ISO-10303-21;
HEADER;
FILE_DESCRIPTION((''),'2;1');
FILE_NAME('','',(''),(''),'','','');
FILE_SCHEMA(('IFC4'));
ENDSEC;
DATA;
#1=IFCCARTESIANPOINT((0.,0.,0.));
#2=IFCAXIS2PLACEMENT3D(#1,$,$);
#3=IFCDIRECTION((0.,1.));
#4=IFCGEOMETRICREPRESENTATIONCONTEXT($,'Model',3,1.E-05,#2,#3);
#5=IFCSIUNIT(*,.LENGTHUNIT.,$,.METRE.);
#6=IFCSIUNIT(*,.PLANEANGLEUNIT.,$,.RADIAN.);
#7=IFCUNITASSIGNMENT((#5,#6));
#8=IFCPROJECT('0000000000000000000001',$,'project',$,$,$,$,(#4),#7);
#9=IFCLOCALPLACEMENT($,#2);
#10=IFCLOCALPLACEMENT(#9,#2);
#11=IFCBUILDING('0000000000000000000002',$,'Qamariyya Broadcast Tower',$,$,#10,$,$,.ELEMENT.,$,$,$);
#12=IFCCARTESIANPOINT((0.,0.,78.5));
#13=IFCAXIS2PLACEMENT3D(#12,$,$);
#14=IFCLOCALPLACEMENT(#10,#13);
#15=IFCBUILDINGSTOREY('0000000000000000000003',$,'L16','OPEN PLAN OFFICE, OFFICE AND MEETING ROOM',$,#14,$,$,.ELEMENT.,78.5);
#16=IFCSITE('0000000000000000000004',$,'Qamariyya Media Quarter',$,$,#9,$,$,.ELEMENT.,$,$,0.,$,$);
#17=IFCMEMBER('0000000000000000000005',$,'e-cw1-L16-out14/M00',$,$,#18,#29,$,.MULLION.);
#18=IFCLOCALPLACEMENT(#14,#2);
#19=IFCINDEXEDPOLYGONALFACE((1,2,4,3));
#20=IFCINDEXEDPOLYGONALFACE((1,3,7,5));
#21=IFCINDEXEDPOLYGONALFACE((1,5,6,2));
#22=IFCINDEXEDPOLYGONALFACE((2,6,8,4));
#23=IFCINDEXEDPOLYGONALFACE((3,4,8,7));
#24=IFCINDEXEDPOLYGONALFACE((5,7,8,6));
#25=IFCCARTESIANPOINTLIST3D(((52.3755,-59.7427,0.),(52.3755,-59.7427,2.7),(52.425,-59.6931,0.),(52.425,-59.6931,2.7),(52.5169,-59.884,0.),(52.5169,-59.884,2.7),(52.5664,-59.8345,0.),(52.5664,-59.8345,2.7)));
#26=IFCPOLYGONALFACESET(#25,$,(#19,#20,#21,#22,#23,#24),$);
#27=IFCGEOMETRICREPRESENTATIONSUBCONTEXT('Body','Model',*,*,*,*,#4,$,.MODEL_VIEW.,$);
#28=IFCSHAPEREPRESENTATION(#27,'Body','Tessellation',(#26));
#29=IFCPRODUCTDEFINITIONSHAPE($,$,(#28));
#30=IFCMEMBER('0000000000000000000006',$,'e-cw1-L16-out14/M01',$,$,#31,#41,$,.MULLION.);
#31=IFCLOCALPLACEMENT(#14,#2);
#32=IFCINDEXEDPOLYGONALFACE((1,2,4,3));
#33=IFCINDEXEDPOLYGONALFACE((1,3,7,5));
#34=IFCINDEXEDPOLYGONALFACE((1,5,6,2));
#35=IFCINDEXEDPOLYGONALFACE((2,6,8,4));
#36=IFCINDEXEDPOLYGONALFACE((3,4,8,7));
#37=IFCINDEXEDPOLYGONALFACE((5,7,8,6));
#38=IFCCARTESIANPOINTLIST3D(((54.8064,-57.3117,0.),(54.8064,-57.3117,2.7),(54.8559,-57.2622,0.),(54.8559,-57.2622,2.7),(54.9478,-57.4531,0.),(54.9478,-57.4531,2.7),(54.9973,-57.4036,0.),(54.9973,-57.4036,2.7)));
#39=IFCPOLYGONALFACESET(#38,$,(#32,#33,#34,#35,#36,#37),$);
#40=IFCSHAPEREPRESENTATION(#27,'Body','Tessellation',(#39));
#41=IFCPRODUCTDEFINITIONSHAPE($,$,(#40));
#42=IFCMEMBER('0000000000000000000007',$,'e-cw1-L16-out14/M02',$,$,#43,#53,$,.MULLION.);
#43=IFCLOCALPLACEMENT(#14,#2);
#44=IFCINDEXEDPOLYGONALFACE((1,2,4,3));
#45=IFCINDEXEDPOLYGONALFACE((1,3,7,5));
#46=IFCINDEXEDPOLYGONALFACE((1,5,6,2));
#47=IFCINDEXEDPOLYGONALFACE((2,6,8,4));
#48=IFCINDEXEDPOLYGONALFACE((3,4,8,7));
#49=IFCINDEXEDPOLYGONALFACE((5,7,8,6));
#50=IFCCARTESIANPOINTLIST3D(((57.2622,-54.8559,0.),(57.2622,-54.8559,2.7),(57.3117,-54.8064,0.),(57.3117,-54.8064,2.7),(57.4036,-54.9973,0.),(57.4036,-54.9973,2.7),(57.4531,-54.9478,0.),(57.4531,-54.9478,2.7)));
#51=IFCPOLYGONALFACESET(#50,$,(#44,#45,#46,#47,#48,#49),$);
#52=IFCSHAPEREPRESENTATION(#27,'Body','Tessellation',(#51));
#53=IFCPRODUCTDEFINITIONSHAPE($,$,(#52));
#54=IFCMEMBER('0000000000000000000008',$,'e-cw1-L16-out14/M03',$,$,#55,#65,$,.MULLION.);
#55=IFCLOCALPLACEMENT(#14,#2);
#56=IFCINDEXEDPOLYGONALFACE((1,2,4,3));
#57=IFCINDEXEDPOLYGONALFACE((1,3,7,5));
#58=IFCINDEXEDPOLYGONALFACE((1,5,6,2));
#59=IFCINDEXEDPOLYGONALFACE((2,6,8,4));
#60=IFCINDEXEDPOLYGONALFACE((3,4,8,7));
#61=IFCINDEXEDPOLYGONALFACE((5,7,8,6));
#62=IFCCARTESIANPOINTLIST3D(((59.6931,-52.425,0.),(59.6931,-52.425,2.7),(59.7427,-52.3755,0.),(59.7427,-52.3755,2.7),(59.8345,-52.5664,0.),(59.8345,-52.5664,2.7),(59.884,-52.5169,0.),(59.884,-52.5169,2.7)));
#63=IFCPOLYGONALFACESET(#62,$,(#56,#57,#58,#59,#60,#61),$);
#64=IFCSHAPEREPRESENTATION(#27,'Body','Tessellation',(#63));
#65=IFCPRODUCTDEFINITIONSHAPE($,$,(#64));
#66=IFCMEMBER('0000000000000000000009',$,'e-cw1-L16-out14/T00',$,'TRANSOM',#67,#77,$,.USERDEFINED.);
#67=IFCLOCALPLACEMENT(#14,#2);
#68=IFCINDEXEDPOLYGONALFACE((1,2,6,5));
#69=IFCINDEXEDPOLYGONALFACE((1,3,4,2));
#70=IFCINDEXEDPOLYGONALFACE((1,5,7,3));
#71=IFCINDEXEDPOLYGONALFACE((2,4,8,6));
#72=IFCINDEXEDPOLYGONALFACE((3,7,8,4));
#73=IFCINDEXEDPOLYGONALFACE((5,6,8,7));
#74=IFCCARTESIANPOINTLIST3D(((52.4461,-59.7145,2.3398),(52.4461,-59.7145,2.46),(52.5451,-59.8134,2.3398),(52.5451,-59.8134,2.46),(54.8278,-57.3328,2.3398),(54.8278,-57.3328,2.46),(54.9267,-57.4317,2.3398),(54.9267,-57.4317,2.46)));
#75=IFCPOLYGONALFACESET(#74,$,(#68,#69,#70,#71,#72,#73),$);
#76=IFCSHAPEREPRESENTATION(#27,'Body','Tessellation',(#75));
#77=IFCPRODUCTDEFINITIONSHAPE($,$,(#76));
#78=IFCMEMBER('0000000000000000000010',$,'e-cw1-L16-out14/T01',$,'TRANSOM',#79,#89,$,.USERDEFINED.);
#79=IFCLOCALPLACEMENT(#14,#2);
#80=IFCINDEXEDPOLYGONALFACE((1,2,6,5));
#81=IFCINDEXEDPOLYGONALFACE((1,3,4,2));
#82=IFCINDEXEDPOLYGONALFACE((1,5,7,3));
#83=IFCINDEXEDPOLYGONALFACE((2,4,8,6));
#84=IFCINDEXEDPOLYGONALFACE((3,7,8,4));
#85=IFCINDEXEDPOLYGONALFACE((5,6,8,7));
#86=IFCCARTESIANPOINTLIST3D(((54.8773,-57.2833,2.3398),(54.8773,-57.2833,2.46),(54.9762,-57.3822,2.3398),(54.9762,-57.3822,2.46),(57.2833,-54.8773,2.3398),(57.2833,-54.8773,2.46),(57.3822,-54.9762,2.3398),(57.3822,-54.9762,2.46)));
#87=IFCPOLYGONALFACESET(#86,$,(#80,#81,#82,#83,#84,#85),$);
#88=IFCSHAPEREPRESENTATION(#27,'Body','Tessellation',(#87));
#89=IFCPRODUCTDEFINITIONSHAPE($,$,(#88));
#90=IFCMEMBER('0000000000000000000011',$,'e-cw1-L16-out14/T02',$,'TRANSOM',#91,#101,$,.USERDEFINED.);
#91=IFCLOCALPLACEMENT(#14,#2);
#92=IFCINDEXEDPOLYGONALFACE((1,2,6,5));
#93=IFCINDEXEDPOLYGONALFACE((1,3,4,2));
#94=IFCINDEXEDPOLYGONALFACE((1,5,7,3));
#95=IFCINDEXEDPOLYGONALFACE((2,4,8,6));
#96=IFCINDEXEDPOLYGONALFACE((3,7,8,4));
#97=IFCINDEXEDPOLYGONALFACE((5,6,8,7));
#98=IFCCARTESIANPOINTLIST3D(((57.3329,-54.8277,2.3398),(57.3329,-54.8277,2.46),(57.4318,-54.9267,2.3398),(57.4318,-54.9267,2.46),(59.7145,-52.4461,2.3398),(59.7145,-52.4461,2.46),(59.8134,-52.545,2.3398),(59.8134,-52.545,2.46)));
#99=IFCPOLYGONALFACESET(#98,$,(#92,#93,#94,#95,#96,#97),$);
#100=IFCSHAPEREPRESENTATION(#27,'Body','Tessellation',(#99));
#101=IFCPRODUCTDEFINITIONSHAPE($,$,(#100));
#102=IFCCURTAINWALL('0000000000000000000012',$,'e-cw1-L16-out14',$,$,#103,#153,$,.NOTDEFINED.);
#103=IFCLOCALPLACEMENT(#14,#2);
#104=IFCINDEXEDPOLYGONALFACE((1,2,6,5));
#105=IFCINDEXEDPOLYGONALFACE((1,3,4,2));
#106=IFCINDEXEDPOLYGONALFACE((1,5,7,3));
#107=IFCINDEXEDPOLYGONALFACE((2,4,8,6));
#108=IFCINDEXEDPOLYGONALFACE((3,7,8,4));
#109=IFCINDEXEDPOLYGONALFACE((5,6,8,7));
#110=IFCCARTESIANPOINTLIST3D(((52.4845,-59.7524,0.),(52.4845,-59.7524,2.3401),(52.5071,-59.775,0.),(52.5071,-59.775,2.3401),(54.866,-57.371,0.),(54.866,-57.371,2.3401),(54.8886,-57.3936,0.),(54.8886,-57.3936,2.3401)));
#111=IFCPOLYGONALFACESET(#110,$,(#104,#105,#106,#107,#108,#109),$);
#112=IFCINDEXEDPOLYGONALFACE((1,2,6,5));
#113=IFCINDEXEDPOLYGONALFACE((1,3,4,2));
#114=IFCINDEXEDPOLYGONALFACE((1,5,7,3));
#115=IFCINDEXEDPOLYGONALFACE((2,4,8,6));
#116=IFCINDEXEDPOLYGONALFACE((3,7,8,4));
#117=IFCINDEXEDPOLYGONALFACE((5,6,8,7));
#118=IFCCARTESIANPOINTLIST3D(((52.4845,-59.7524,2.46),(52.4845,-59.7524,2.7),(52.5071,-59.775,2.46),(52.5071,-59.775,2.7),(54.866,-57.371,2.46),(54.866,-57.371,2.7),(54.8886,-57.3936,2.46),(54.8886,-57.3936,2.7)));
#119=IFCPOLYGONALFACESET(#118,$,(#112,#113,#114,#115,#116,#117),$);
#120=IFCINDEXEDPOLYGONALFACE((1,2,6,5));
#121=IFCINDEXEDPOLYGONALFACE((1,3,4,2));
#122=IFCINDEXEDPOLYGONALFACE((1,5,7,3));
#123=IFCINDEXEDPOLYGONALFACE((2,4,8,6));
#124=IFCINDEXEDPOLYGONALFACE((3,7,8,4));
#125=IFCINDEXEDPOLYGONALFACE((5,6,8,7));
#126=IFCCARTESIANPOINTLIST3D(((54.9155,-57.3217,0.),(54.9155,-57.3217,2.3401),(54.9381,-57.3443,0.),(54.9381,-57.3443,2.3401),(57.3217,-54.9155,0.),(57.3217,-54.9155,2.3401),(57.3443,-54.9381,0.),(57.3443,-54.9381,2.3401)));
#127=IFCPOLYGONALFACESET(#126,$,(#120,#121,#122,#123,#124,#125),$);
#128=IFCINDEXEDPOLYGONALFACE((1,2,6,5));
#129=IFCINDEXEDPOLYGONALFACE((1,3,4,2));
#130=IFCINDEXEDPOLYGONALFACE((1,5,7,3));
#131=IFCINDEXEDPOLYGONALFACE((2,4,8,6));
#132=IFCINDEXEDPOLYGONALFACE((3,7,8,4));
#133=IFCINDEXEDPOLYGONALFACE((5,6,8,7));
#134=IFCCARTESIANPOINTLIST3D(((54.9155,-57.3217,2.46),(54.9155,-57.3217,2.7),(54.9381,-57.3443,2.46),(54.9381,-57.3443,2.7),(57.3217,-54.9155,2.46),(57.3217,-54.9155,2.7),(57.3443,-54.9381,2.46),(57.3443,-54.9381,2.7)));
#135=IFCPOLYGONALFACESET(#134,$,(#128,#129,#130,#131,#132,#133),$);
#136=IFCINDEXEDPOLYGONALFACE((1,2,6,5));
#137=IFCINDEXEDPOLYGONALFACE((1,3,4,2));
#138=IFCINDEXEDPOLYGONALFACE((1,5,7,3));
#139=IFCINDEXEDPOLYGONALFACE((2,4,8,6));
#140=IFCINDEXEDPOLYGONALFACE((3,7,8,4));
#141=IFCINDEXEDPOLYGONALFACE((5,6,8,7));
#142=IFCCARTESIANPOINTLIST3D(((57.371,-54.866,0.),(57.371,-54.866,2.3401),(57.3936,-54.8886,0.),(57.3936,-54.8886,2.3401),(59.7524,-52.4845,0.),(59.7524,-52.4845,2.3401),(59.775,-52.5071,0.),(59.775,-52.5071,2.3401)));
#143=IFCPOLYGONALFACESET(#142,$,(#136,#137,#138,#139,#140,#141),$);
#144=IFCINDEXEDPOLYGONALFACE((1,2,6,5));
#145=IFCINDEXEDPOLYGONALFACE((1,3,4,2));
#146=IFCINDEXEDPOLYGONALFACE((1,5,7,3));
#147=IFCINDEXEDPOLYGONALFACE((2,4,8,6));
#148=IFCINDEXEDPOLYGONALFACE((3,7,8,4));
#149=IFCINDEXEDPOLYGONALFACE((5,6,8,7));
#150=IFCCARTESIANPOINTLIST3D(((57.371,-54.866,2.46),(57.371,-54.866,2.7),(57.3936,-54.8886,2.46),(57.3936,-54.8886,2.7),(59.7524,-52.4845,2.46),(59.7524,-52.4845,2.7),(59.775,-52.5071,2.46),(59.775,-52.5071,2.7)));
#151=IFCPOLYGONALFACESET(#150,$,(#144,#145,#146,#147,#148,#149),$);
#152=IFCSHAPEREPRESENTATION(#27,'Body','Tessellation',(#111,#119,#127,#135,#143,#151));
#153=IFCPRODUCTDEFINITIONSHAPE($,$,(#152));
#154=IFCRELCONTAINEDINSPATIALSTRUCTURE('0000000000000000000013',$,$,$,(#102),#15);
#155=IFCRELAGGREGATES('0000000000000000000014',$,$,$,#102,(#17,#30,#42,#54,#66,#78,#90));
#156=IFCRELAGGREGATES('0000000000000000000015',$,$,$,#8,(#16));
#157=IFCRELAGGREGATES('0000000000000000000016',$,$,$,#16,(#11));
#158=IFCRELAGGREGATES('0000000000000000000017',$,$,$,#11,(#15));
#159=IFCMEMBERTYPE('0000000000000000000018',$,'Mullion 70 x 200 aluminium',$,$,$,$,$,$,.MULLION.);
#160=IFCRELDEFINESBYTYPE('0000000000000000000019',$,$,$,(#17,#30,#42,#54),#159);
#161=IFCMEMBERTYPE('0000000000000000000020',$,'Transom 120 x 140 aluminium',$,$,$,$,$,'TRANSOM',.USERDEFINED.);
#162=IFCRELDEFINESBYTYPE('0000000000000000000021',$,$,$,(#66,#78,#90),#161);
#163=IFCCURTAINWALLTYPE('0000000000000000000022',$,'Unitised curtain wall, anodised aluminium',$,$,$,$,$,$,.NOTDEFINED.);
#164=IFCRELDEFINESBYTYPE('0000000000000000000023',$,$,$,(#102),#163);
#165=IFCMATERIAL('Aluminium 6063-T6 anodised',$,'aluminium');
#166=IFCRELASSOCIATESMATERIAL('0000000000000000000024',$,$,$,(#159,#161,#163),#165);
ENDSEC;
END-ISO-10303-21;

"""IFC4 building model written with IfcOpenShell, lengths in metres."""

from ifc_helpers import new_model, si_unit, direction, frame, origin, origin_2d, place, context, subcontext, project, spatial, rectangle, extrude, material, material_profile, profile_set, type_object, element, aggregate, save


model = new_model("IFC4")

# Units and contexts
model_context = context("Model", 3, precision=1e-05, world=origin(), true_north=direction((0.0, 1.0)))
body_context = subcontext(model_context, "Body", "Model", "MODEL_VIEW")
ifc_project = project(units=[si_unit("LENGTHUNIT", "METRE"), si_unit("PLANEANGLEUNIT", "RADIAN")], contexts=[model_context])

# Members
ifc_material = material(Name="Aluminium 6063-T6 anodised", Category="aluminium")
ifc_material_profile_1 = material_profile(ifc_material, rectangle(XDim=0.2, YDim=0.0701, at=origin_2d()))
ifc_profile_set_1 = profile_set([ifc_material_profile_1], Name="Aluminium 6063-T6 anodised")
member_type_1 = type_object("IfcMemberType", Name="Mullion 70 x 200 aluminium", PredefinedType="MULLION", material=ifc_profile_set_1)
site_placement = place(None, origin())
building_placement = place(site_placement, origin())
storey_placement = place(building_placement, frame((0.0, 0.0, 78.5)))
member_1_placement = place(storey_placement, frame((52.4709, -59.7886, 0.0), z_axis=(0.0, 0.0, 1.0), x_axis=(-0.707107, 0.707107, 0.0)))
member_1 = element("IfcMember", 1, at=member_1_placement, type_object=member_type_1, Name="e-cw1-L16-out14/M00", PredefinedType="MULLION", context=body_context, shape_type="SweptSolid", body=[
    extrude(rectangle(XDim=0.2, YDim=0.0701, at=origin_2d()), origin(), (0.0, 0.0, 1.0), 2.7),
])
member_2_placement = place(storey_placement, frame((54.9019, -57.3577, 0.0), z_axis=(0.0, 0.0, 1.0), x_axis=(-0.707107, 0.707107, 0.0)))
member_2 = element("IfcMember", 2, at=member_2_placement, type_object=member_type_1, Name="e-cw1-L16-out14/M01", PredefinedType="MULLION", context=body_context, shape_type="SweptSolid", body=[
    extrude(rectangle(XDim=0.2, YDim=0.0701, at=origin_2d()), origin(), (0.0, 0.0, 1.0), 2.7),
])
member_3_placement = place(storey_placement, frame((57.3577, -54.9019, 0.0), z_axis=(0.0, 0.0, 1.0), x_axis=(-0.707107, 0.707107, 0.0)))
member_3 = element("IfcMember", 3, at=member_3_placement, type_object=member_type_1, Name="e-cw1-L16-out14/M02", PredefinedType="MULLION", context=body_context, shape_type="SweptSolid", body=[
    extrude(rectangle(XDim=0.2, YDim=0.0701, at=origin_2d()), origin(), (0.0, 0.0, 1.0), 2.7),
])
member_4_placement = place(storey_placement, frame((59.7886, -52.4709, 0.0), z_axis=(0.0, 0.0, 1.0), x_axis=(-0.707107, 0.707107, 0.0)))
member_4 = element("IfcMember", 4, at=member_4_placement, type_object=member_type_1, Name="e-cw1-L16-out14/M03", PredefinedType="MULLION", context=body_context, shape_type="SweptSolid", body=[
    extrude(rectangle(XDim=0.2, YDim=0.0701, at=origin_2d()), origin(), (0.0, 0.0, 1.0), 2.7),
])
ifc_material_profile_2 = material_profile(ifc_material, rectangle(XDim=0.1399, YDim=0.1201, at=origin_2d()))
ifc_profile_set_2 = profile_set([ifc_material_profile_2], Name="Aluminium 6063-T6 anodised")
member_type_2 = type_object("IfcMemberType", Name="Transom 120 x 140 aluminium", ElementType="TRANSOM", PredefinedType="USERDEFINED", material=ifc_profile_set_2)
member_5_placement = place(storey_placement, frame((52.4956, -59.7639, 2.3999), z_axis=(0.707107, 0.707107, 0.0), x_axis=(-0.707107, 0.707107, 0.0)))
member_5 = element("IfcMember", 5, at=member_5_placement, type_object=member_type_2, Name="e-cw1-L16-out14/T00", ObjectType="TRANSOM", PredefinedType="USERDEFINED", context=body_context, shape_type="SweptSolid", body=[
    extrude(rectangle(XDim=0.1399, YDim=0.1201, at=origin_2d()), origin(), (0.0, 0.0, 1.0), 3.3682),
])
member_6_placement = place(storey_placement, frame((54.9268, -57.3328, 2.3999), z_axis=(0.707107, 0.707107, 0.0), x_axis=(-0.707107, 0.707107, 0.0)))
member_6 = element("IfcMember", 6, at=member_6_placement, type_object=member_type_2, Name="e-cw1-L16-out14/T01", ObjectType="TRANSOM", PredefinedType="USERDEFINED", context=body_context, shape_type="SweptSolid", body=[
    extrude(rectangle(XDim=0.1399, YDim=0.1201, at=origin_2d()), origin(), (0.0, 0.0, 1.0), 3.4026),
])
member_7_placement = place(storey_placement, frame((57.3823, -54.8772, 2.3999), z_axis=(0.707107, 0.707107, 0.0), x_axis=(-0.707107, 0.707107, 0.0)))
member_7 = element("IfcMember", 7, at=member_7_placement, type_object=member_type_2, Name="e-cw1-L16-out14/T02", ObjectType="TRANSOM", PredefinedType="USERDEFINED", context=body_context, shape_type="SweptSolid", body=[
    extrude(rectangle(XDim=0.1399, YDim=0.1201, at=origin_2d()), origin(), (0.0, 0.0, 1.0), 3.3682),
])

# Site, building, storey
site = spatial("IfcSite", under=ifc_project, at=site_placement, Name="Qamariyya Media Quarter", CompositionType="ELEMENT", RefElevation=0.0)
building = spatial("IfcBuilding", under=site, at=building_placement, Name="Qamariyya Broadcast Tower", CompositionType="ELEMENT")
storey = spatial("IfcBuildingStorey", under=building, at=storey_placement, Name="L16", Description="OPEN PLAN OFFICE, OFFICE AND MEETING ROOM", CompositionType="ELEMENT", Elevation=78.5)

# Curtain wall
curtain_wall_type = type_object("IfcCurtainWallType", Name="Unitised curtain wall, anodised aluminium", PredefinedType="NOTDEFINED", material=ifc_material)
curtain_wall_1_placement = place(storey_placement, origin())
curtain_wall_1 = element("IfcCurtainWall", 8, at=curtain_wall_1_placement, inside=storey, type_object=curtain_wall_type, Name="e-cw1-L16-out14", PredefinedType="NOTDEFINED", context=body_context, shape_type="SweptSolid", body=[
    extrude(rectangle(XDim=3.3679, YDim=0.032, at=origin_2d()), frame((53.6865, -58.573, 0.0), x_axis=(0.707107, 0.707107, 0.0)), (0.0, 0.0, 1.0), 2.3401),
    extrude(rectangle(XDim=3.3679, YDim=0.032, at=origin_2d()), frame((53.6865, -58.573, 2.46), x_axis=(0.707107, 0.707107, 0.0)), (0.0, 0.0, 1.0), 0.24),
    extrude(rectangle(XDim=3.4028, YDim=0.032, at=origin_2d()), frame((56.1299, -56.1299, 0.0), x_axis=(0.707107, 0.707107, 0.0)), (0.0, 0.0, 1.0), 2.3401),
    extrude(rectangle(XDim=3.4028, YDim=0.032, at=origin_2d()), frame((56.1299, -56.1299, 2.46), x_axis=(0.707107, 0.707107, 0.0)), (0.0, 0.0, 1.0), 0.24),
    extrude(rectangle(XDim=3.3679, YDim=0.032, at=origin_2d()), frame((58.573, -53.6865, 0.0), x_axis=(0.707107, 0.707107, 0.0)), (0.0, 0.0, 1.0), 2.3401),
    extrude(rectangle(XDim=3.3679, YDim=0.032, at=origin_2d()), frame((58.573, -53.6865, 2.46), x_axis=(0.707107, 0.707107, 0.0)), (0.0, 0.0, 1.0), 0.24),
])
aggregate(curtain_wall_1, [member_1, member_2, member_3, member_4, member_5, member_6, member_7])

save(model, "model.ifc")
